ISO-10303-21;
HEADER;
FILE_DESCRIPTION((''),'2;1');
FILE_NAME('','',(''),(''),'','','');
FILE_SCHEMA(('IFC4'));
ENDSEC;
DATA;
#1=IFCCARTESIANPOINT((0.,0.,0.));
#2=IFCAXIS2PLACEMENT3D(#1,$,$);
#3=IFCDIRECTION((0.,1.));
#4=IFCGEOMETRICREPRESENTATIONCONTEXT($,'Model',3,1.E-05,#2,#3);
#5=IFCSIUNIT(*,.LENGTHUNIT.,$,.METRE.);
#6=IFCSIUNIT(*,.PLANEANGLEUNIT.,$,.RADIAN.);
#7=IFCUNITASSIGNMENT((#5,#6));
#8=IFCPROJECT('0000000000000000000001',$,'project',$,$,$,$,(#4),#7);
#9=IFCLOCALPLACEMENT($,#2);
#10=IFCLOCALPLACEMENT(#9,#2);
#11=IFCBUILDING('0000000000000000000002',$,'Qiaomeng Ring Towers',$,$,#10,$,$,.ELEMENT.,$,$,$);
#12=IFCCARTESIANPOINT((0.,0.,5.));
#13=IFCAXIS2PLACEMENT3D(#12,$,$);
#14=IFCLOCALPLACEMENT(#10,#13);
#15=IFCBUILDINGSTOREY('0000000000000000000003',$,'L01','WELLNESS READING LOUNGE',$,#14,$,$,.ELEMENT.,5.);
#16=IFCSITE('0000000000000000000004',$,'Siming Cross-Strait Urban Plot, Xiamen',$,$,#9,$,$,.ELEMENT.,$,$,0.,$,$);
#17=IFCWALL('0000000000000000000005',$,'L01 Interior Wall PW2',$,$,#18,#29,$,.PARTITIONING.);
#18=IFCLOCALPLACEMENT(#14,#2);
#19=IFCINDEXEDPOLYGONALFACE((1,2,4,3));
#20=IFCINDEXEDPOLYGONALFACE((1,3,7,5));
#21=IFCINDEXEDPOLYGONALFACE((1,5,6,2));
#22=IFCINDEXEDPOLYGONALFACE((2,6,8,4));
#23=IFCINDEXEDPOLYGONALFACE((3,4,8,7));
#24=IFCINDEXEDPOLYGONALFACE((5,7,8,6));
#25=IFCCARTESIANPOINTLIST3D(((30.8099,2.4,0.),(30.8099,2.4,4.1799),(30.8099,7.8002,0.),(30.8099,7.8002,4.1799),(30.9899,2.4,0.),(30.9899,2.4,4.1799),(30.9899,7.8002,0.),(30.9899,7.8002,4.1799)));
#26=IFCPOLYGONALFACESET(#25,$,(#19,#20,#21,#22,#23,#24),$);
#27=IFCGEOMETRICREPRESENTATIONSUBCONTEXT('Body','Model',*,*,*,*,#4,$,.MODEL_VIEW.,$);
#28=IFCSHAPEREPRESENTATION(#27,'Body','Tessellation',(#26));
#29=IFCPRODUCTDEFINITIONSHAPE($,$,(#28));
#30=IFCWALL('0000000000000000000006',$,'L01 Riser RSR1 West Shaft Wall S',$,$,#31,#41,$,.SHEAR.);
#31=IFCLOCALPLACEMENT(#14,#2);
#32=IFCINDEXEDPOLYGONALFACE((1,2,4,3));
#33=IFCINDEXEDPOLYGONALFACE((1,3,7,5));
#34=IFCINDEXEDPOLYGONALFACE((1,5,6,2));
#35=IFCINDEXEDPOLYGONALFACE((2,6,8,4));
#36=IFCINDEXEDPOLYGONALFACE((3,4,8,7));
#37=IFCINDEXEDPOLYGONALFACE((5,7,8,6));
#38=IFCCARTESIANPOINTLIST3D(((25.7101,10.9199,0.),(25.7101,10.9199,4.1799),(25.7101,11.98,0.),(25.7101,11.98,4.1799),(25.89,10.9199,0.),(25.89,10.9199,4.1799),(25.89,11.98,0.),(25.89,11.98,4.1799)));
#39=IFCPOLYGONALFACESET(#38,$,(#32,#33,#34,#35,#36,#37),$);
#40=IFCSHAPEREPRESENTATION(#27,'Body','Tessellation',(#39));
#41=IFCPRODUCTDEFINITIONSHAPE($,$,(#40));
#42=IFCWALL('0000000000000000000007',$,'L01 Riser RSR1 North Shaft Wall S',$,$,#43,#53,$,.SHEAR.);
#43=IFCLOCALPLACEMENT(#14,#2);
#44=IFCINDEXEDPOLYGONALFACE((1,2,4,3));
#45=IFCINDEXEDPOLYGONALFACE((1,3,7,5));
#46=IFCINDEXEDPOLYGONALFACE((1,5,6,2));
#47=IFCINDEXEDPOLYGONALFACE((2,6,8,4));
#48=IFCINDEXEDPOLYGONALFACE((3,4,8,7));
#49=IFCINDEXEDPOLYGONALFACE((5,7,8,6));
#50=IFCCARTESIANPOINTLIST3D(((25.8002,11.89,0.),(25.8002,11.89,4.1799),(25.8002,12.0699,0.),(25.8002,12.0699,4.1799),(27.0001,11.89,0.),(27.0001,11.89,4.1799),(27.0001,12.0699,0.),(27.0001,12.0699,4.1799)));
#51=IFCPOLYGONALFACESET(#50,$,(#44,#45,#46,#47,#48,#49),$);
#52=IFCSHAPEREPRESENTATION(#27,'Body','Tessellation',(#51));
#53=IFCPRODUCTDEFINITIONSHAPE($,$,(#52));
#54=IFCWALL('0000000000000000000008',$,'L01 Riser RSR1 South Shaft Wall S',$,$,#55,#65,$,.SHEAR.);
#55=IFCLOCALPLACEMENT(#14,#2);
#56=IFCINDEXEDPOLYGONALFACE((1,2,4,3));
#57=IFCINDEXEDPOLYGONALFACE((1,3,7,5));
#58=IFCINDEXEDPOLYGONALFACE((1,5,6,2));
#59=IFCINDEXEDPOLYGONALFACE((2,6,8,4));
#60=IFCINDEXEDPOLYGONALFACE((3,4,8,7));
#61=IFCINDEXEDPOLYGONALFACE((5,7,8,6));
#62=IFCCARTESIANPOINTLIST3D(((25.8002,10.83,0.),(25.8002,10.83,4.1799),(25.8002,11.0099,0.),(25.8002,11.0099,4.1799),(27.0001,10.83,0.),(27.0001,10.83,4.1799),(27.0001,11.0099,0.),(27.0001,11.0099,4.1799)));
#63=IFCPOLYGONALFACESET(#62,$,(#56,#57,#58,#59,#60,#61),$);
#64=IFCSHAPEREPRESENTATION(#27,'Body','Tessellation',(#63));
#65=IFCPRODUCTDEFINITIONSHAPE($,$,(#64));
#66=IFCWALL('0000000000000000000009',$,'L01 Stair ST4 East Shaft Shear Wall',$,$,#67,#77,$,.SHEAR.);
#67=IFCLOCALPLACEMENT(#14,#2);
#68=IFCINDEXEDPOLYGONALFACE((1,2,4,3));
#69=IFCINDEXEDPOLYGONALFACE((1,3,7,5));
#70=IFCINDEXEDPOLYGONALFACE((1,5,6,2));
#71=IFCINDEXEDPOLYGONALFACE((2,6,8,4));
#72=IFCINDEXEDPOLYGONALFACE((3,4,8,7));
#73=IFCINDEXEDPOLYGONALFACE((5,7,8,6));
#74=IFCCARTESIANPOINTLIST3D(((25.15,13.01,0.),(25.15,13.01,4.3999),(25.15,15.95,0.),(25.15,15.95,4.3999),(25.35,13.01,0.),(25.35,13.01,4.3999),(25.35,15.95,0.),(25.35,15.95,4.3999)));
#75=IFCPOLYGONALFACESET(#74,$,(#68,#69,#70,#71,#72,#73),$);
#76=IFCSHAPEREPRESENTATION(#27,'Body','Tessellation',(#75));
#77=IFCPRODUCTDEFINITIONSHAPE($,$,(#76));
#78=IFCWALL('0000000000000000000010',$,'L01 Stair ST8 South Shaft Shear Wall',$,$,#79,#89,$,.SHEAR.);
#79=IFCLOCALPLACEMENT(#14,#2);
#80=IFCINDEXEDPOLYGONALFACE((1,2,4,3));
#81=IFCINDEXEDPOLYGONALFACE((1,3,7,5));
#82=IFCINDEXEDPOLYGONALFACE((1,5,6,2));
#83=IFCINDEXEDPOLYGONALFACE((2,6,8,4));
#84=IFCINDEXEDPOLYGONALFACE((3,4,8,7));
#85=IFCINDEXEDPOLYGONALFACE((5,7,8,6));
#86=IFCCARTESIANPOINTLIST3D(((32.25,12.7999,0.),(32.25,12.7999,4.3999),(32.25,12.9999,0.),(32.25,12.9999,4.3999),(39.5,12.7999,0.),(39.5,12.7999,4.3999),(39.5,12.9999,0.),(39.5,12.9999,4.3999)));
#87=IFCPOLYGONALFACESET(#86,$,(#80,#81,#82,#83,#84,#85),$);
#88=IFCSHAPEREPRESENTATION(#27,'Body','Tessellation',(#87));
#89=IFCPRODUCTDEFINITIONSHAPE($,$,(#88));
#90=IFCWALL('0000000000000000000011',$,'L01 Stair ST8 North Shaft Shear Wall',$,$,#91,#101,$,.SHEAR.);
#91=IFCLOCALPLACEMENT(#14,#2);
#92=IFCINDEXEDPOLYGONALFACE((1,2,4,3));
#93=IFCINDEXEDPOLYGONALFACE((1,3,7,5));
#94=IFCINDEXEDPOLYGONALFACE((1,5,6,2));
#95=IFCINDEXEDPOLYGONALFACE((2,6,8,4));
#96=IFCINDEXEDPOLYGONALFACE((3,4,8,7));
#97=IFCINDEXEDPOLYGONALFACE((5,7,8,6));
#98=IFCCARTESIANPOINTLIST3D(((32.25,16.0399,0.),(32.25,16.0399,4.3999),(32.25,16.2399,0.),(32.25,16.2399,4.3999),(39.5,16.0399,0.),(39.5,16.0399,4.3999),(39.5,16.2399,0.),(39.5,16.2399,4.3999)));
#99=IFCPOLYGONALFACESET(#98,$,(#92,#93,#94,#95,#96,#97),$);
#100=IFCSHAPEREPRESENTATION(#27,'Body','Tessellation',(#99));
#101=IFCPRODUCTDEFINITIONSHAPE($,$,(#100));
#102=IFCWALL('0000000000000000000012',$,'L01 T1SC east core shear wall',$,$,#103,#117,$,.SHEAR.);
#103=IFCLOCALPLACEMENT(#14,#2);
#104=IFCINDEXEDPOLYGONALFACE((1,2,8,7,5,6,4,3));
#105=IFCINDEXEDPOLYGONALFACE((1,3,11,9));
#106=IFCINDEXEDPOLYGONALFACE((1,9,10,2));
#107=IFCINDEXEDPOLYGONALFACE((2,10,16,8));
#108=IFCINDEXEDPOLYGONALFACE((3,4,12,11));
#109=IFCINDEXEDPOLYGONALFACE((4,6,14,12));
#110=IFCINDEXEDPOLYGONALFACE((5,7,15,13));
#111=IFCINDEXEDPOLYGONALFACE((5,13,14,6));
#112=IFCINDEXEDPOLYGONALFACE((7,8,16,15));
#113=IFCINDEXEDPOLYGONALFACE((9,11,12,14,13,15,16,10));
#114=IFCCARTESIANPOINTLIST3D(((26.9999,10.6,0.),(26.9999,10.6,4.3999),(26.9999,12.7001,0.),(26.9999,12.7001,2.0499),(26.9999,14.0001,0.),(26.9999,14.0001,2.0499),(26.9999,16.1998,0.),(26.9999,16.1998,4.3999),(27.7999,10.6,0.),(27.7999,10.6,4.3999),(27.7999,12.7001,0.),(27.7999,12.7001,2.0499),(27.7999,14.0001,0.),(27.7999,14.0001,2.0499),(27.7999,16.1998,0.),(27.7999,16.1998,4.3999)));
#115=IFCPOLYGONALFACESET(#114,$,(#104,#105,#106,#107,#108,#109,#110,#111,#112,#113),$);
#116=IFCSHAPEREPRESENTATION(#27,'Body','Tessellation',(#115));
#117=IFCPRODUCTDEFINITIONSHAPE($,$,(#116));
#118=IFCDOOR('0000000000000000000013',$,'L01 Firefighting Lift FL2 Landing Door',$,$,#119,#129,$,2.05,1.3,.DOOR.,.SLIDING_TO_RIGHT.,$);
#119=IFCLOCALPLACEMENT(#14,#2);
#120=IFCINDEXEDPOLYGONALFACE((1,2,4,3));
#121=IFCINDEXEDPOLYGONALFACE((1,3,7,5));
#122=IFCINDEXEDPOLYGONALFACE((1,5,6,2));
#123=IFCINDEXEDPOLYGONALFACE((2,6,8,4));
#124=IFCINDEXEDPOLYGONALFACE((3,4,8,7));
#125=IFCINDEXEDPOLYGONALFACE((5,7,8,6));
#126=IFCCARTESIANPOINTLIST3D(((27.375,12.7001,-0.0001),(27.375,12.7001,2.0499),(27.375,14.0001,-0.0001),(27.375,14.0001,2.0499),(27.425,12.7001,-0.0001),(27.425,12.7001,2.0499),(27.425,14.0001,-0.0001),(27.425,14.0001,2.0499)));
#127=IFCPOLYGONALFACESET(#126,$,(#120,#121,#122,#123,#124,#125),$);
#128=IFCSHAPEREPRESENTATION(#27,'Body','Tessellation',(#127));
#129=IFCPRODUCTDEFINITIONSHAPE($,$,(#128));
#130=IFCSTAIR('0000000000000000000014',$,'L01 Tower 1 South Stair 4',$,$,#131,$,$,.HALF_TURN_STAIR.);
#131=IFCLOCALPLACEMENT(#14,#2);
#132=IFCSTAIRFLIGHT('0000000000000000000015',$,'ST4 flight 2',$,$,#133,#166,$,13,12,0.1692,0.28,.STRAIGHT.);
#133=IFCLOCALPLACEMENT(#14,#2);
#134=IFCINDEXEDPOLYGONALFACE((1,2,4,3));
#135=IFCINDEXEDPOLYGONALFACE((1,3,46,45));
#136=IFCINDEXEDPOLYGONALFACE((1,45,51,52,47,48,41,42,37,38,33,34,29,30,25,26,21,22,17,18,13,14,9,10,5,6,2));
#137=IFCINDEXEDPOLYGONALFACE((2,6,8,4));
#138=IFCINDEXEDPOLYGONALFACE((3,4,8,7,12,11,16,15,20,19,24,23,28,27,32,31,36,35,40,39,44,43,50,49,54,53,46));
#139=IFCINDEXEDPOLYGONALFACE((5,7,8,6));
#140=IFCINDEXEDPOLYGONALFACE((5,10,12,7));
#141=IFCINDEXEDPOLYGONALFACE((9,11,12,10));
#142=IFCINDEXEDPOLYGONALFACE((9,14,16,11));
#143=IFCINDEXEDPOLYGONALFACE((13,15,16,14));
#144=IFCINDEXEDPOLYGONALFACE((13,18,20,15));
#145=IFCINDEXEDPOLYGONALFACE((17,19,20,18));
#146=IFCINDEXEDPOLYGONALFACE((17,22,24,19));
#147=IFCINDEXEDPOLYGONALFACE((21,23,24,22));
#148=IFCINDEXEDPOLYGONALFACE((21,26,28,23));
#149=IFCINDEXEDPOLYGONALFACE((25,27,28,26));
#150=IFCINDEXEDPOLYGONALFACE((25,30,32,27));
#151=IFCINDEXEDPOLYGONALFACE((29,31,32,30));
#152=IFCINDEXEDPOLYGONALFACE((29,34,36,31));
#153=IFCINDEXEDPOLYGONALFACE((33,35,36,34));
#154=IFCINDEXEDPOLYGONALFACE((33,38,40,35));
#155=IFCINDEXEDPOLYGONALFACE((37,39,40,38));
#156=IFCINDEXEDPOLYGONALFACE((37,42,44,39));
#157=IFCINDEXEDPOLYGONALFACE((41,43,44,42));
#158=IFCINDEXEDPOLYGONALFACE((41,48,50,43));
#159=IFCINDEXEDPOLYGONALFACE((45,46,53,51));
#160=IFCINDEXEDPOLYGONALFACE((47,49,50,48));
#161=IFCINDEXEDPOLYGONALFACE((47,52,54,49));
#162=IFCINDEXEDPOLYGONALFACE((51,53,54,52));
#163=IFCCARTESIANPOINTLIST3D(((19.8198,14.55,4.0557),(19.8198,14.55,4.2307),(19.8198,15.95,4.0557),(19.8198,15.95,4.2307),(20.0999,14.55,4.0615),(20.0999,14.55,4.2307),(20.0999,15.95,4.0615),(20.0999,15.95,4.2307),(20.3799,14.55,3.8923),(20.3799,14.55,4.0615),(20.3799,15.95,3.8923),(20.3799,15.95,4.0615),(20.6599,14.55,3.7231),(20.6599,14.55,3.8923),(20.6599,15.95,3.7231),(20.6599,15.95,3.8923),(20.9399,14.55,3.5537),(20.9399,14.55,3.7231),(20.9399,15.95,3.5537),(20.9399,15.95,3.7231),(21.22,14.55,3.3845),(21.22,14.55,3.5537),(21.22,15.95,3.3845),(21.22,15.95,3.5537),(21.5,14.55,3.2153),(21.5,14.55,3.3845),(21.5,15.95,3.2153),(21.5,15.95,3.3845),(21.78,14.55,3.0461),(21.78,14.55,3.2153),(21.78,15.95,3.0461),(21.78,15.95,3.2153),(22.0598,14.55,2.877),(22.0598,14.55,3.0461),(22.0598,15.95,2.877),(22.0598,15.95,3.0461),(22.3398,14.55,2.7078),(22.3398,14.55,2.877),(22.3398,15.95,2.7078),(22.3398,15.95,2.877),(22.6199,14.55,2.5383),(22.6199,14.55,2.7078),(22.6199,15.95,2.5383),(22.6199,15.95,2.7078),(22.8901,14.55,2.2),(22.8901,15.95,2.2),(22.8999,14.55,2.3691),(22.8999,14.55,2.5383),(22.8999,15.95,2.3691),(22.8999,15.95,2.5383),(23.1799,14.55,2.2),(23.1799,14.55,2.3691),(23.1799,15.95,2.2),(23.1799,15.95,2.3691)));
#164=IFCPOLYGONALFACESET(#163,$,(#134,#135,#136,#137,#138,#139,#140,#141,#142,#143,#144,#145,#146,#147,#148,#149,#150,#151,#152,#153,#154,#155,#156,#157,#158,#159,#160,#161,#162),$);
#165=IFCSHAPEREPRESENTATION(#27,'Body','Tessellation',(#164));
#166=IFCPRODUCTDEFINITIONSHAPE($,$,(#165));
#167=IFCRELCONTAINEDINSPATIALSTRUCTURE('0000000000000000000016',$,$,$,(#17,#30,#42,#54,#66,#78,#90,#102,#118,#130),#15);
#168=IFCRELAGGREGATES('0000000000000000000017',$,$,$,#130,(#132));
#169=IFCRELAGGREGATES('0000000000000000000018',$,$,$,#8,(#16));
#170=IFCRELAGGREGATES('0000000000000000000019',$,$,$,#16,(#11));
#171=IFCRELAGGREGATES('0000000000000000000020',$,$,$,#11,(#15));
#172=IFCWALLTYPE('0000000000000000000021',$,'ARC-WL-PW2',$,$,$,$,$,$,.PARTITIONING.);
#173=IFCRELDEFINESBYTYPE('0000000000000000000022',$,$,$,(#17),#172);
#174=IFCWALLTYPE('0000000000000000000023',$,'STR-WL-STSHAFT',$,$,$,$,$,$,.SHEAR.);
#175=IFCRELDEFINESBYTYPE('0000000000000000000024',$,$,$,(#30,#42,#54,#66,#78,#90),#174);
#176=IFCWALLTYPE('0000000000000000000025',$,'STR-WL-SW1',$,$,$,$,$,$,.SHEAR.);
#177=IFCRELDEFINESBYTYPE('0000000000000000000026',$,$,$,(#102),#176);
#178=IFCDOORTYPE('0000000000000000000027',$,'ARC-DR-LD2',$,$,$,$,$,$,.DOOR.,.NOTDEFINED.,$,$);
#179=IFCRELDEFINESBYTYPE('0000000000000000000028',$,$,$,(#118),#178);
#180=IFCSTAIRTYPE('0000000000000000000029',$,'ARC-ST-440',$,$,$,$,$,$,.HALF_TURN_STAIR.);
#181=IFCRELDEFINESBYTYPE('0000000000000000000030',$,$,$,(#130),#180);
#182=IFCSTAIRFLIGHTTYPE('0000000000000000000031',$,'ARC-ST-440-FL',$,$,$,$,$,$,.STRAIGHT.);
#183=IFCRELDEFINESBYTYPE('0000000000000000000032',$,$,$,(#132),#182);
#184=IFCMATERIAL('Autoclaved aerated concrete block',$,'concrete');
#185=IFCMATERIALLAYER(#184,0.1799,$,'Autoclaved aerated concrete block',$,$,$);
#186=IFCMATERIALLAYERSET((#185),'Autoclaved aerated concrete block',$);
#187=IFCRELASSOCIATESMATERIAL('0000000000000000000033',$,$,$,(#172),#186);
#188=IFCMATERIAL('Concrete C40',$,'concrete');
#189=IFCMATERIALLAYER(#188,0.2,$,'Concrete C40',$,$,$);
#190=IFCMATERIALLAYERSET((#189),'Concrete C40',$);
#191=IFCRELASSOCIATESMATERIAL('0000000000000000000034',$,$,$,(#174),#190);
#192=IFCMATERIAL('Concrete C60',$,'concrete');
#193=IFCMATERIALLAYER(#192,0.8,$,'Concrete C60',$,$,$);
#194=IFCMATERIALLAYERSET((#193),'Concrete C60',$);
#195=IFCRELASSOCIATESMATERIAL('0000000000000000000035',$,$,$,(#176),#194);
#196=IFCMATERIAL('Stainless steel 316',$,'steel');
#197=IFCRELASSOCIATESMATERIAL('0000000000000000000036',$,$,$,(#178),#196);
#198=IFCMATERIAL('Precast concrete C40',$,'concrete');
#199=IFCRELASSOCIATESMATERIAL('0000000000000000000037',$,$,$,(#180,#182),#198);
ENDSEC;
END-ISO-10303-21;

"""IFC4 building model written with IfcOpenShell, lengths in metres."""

from ifc_helpers import new_model, si_unit, direction, frame, frame_2d, origin, place, context, subcontext, project, spatial, polyline, rectangle, outline, extrude, source, transform, mapped, material, layer, layer_set, type_object, element, fill, aggregate, save


model = new_model("IFC4")

# Units and contexts
model_context = context("Model", 3, precision=1e-05, world=origin(), true_north=direction((0.0, 1.0)))
body_context = subcontext(model_context, "Body", "Model", "MODEL_VIEW")
ifc_project = project(units=[si_unit("LENGTHUNIT", "METRE"), si_unit("PLANEANGLEUNIT", "RADIAN")], contexts=[model_context])

# Site, building, storey
site_placement = place(None, origin())
site = spatial("IfcSite", under=ifc_project, at=site_placement, Name="Siming Cross-Strait Urban Plot, Xiamen", CompositionType="ELEMENT", RefElevation=0.0)
building_placement = place(site_placement, origin())
building = spatial("IfcBuilding", under=site, at=building_placement, Name="Qiaomeng Ring Towers", CompositionType="ELEMENT")
storey_placement = place(building_placement, frame((0.0, 0.0, 5.0)))
storey = spatial("IfcBuildingStorey", under=building, at=storey_placement, Name="L01", Description="WELLNESS READING LOUNGE", CompositionType="ELEMENT", Elevation=5.0)

# Shared definitions
ifc_material_1 = material(Name="Concrete C60", Category="concrete")

# Shared definitions
ifc_material_2 = material(Name="Autoclaved aerated concrete block", Category="concrete")

# Shared definitions
ifc_layer_1 = layer(ifc_material_2, 0.1799, Name="Autoclaved aerated concrete block")
ifc_layer_set_1 = layer_set([ifc_layer_1], Name="Autoclaved aerated concrete block")
wall_type_1 = type_object("IfcWallType", Name="ARC-WL-PW2", PredefinedType="PARTITIONING", material=ifc_layer_set_1)

# Walls
for number, where, z_axis, x_axis, name in (
    (1, (30.8999, 2.3999, 0.0), (0.0, 0.0, 1.0), (0.0, 1.0, 0.0), "L01 Interior Wall PW2"),
):
    element("IfcWall", number, at=place(storey_placement, frame(where, z_axis=z_axis, x_axis=x_axis)), inside=storey, type_object=wall_type_1, Name=name, PredefinedType="PARTITIONING", context=body_context, shape_type="SweptSolid", body=[
        extrude(rectangle(XDim=5.4001, YDim=0.1799, at=frame_2d((2.7002, 0.0))), origin(), (0.0, 0.0, 1.0), 4.1799),
    ])
ifc_material_3 = material(Name="Concrete C40", Category="concrete")
ifc_layer_2 = layer(ifc_material_3, 0.2, Name="Concrete C40")
ifc_layer_set_2 = layer_set([ifc_layer_2], Name="Concrete C40")
wall_type_2 = type_object("IfcWallType", Name="STR-WL-STSHAFT", PredefinedType="SHEAR", material=ifc_layer_set_2)
wall_1_placement = place(storey_placement, frame((25.8, 10.9199, 0.0), z_axis=(0.0, 0.0, 1.0), x_axis=(0.0, 1.0, 0.0)))
element("IfcWall", 2, at=wall_1_placement, inside=storey, type_object=wall_type_2, Name="L01 Riser RSR1 West Shaft Wall S", PredefinedType="SHEAR", context=body_context, shape_type="SweptSolid", body=[
    extrude(rectangle(XDim=1.0601, YDim=0.1799, at=frame_2d((0.53, 0.0))), origin(), (0.0, 0.0, 1.0), 4.1799),
])
for number, where, z_axis, x_axis, name in (
    (3, (25.8, 11.98, 0.0), (0.0, 0.0, 1.0), (1.0, 0.0, 0.0), "L01 Riser RSR1 North Shaft Wall S"),
    (4, (25.8, 10.9199, 0.0), (0.0, 0.0, 1.0), (1.0, 0.0, 0.0), "L01 Riser RSR1 South Shaft Wall S"),
):
    element("IfcWall", number, at=place(storey_placement, frame(where, z_axis=z_axis, x_axis=x_axis)), inside=storey, type_object=wall_type_2, Name=name, PredefinedType="SHEAR", context=body_context, shape_type="SweptSolid", body=[
        extrude(rectangle(XDim=1.2, YDim=0.1799, at=frame_2d((0.6001, 0.0))), origin(), (0.0, 0.0, 1.0), 4.1799),
    ])
wall_2_placement = place(storey_placement, frame((25.25, 13.01, 0.0), z_axis=(0.0, 0.0, 1.0), x_axis=(0.0, 1.0, 0.0)))
element("IfcWall", 5, at=wall_2_placement, inside=storey, type_object=wall_type_2, Name="L01 Stair ST4 East Shaft Shear Wall", PredefinedType="SHEAR", context=body_context, shape_type="SweptSolid", body=[
    extrude(rectangle(XDim=2.9399, YDim=0.2, at=frame_2d((1.47, 0.0))), origin(), (0.0, 0.0, 1.0), 4.3999),
])
for number, where, z_axis, x_axis, name in (
    (6, (32.25, 12.8999, 0.0), (0.0, 0.0, 1.0), (1.0, 0.0, 0.0), "L01 Stair ST8 South Shaft Shear Wall"),
    (7, (32.25, 16.1399, 0.0), (0.0, 0.0, 1.0), (1.0, 0.0, 0.0), "L01 Stair ST8 North Shaft Shear Wall"),
):
    element("IfcWall", number, at=place(storey_placement, frame(where, z_axis=z_axis, x_axis=x_axis)), inside=storey, type_object=wall_type_2, Name=name, PredefinedType="SHEAR", context=body_context, shape_type="SweptSolid", body=[
        extrude(rectangle(XDim=7.25, YDim=0.2, at=frame_2d((3.625, 0.0))), origin(), (0.0, 0.0, 1.0), 4.3999),
    ])

# Wall, opening, door
ifc_layer_3 = layer(ifc_material_1, 0.8, Name="Concrete C60")
ifc_layer_set_3 = layer_set([ifc_layer_3], Name="Concrete C60")
wall_type_3 = type_object("IfcWallType", Name="STR-WL-SW1", PredefinedType="SHEAR", material=ifc_layer_set_3)
wall_3_placement = place(storey_placement, frame((27.3999, 10.6001, 0.0), z_axis=(0.0, 0.0, 1.0), x_axis=(0.0, 1.0, 0.0)))
wall_3 = element("IfcWall", 8, at=wall_3_placement, inside=storey, type_object=wall_type_3, Name="L01 T1SC east core shear wall", PredefinedType="SHEAR", context=body_context, shape_type="SweptSolid", body=[
    extrude(rectangle(XDim=5.5999, YDim=0.8, at=frame_2d((2.7998, 0.0))), origin(), (0.0, 0.0, 1.0), 4.3999),
])
opening_1_placement = place(wall_3_placement, frame((2.1001, 0.0, 0.0)))
opening_1 = element("IfcOpeningElement", 9, at=opening_1_placement, cuts=wall_3, PredefinedType="OPENING", context=body_context, shape_type="SweptSolid", body=[
    extrude(rectangle(XDim=1.3, YDim=2.05, at=frame_2d((0.6499, 1.0249))), frame((0.0, 0.4099, 0.0), z_axis=(0.0, -1.0, 0.0), x_axis=(1.0, 0.0, 0.0)), (0.0, 0.0, 1.0), 0.8201),
])
ifc_material_4 = material(Name="Stainless steel 316", Category="steel")
door_type_1 = type_object("IfcDoorType", Name="ARC-DR-LD2", OperationType="NOTDEFINED", PredefinedType="DOOR", material=ifc_material_4)
shared_shape_1 = source(origin(), body_context, "Body", "SweptSolid", [
    extrude(rectangle(XDim=1.3, YDim=2.05, at=frame_2d((0.6499, 1.0249))), frame((0.0, 0.0249, 0.0), z_axis=(0.0, -1.0, 0.0), x_axis=(1.0, 0.0, 0.0)), (0.0, 0.0, 1.0), 0.05),
])
door_1_placement = place(opening_1_placement, origin())
door_1 = element("IfcDoor", 10, at=door_1_placement, inside=storey, type_object=door_type_1, Name="L01 Firefighting Lift FL2 Landing Door", OperationType="SLIDING_TO_RIGHT", OverallHeight=2.05, OverallWidth=1.3, PredefinedType="DOOR", context=body_context, shape_type="MappedRepresentation", body=[
    mapped(shared_shape_1, transform((0.0, 0.0, 0.0), x_axis=(1.0, 0.0, 0.0), y_axis=(0.0, 1.0, 0.0), z_axis=(0.0, 0.0, 1.0), scale=1.0)),
])
fill(opening_1, door_1)

# Stair, stair flight
ifc_material_5 = material(Name="Precast concrete C40", Category="concrete")
stair_type = type_object("IfcStairType", Name="ARC-ST-440", PredefinedType="HALF_TURN_STAIR", material=ifc_material_5)
stair_placement = place(storey_placement, origin())
stair = element("IfcStair", 11, at=stair_placement, inside=storey, type_object=stair_type, Name="L01 Tower 1 South Stair 4", PredefinedType="HALF_TURN_STAIR")
stair_flight_type = type_object("IfcStairFlightType", Name="ARC-ST-440-FL", PredefinedType="STRAIGHT", material=ifc_material_5)
shared_shape_2 = source(origin(), body_context, "Body", "SweptSolid", [
    extrude(outline(polyline([(0.0, 0.0), (0.0, 0.1692), (0.28, 0.1692), (0.28, 0.3384), (0.5601, 0.3384), (0.5601, 0.5078), (0.8401, 0.5078), (0.8401, 0.677), (1.1201, 0.677), (1.1201, 0.8462), (1.3999, 0.8462), (1.3999, 1.0154), (1.6799, 1.0154), (1.6799, 1.1846), (1.96, 1.1846), (1.96, 1.3538), (2.24, 1.3538), (2.24, 1.5232), (2.52, 1.5232), (2.52, 1.6924), (2.8, 1.6924), (2.8, 1.8616), (3.0801, 1.8616), (3.0801, 2.0308), (3.3601, 2.0308), (3.3601, 2.2), (3.3601, 1.8557), (0.2898, 0.0), (0.0, 0.0)])), frame((0.0, 0.7, 0.0), z_axis=(0.0, -1.0, 0.0), x_axis=(1.0, 0.0, 0.0)), (0.0, 0.0, 1.0), 1.3999),
])
stair_flight_placement = place(storey_placement, frame((23.1799, 15.25, 2.2), z_axis=(0.0, 0.0, 1.0), x_axis=(-1.0, 0.0, 0.0)))
stair_flight = element("IfcStairFlight", 12, at=stair_flight_placement, type_object=stair_flight_type, Name="ST4 flight 2", NumberOfRisers=13, NumberOfTreads=12, PredefinedType="STRAIGHT", RiserHeight=0.1692, TreadLength=0.28, context=body_context, shape_type="MappedRepresentation", body=[
    mapped(shared_shape_2, transform((0.0, 0.0, 0.0), x_axis=(1.0, 0.0, 0.0), y_axis=(0.0, 1.0, 0.0), z_axis=(0.0, 0.0, 1.0), scale=1.0)),
])
aggregate(stair, [stair_flight])

save(model, "model.ifc")
